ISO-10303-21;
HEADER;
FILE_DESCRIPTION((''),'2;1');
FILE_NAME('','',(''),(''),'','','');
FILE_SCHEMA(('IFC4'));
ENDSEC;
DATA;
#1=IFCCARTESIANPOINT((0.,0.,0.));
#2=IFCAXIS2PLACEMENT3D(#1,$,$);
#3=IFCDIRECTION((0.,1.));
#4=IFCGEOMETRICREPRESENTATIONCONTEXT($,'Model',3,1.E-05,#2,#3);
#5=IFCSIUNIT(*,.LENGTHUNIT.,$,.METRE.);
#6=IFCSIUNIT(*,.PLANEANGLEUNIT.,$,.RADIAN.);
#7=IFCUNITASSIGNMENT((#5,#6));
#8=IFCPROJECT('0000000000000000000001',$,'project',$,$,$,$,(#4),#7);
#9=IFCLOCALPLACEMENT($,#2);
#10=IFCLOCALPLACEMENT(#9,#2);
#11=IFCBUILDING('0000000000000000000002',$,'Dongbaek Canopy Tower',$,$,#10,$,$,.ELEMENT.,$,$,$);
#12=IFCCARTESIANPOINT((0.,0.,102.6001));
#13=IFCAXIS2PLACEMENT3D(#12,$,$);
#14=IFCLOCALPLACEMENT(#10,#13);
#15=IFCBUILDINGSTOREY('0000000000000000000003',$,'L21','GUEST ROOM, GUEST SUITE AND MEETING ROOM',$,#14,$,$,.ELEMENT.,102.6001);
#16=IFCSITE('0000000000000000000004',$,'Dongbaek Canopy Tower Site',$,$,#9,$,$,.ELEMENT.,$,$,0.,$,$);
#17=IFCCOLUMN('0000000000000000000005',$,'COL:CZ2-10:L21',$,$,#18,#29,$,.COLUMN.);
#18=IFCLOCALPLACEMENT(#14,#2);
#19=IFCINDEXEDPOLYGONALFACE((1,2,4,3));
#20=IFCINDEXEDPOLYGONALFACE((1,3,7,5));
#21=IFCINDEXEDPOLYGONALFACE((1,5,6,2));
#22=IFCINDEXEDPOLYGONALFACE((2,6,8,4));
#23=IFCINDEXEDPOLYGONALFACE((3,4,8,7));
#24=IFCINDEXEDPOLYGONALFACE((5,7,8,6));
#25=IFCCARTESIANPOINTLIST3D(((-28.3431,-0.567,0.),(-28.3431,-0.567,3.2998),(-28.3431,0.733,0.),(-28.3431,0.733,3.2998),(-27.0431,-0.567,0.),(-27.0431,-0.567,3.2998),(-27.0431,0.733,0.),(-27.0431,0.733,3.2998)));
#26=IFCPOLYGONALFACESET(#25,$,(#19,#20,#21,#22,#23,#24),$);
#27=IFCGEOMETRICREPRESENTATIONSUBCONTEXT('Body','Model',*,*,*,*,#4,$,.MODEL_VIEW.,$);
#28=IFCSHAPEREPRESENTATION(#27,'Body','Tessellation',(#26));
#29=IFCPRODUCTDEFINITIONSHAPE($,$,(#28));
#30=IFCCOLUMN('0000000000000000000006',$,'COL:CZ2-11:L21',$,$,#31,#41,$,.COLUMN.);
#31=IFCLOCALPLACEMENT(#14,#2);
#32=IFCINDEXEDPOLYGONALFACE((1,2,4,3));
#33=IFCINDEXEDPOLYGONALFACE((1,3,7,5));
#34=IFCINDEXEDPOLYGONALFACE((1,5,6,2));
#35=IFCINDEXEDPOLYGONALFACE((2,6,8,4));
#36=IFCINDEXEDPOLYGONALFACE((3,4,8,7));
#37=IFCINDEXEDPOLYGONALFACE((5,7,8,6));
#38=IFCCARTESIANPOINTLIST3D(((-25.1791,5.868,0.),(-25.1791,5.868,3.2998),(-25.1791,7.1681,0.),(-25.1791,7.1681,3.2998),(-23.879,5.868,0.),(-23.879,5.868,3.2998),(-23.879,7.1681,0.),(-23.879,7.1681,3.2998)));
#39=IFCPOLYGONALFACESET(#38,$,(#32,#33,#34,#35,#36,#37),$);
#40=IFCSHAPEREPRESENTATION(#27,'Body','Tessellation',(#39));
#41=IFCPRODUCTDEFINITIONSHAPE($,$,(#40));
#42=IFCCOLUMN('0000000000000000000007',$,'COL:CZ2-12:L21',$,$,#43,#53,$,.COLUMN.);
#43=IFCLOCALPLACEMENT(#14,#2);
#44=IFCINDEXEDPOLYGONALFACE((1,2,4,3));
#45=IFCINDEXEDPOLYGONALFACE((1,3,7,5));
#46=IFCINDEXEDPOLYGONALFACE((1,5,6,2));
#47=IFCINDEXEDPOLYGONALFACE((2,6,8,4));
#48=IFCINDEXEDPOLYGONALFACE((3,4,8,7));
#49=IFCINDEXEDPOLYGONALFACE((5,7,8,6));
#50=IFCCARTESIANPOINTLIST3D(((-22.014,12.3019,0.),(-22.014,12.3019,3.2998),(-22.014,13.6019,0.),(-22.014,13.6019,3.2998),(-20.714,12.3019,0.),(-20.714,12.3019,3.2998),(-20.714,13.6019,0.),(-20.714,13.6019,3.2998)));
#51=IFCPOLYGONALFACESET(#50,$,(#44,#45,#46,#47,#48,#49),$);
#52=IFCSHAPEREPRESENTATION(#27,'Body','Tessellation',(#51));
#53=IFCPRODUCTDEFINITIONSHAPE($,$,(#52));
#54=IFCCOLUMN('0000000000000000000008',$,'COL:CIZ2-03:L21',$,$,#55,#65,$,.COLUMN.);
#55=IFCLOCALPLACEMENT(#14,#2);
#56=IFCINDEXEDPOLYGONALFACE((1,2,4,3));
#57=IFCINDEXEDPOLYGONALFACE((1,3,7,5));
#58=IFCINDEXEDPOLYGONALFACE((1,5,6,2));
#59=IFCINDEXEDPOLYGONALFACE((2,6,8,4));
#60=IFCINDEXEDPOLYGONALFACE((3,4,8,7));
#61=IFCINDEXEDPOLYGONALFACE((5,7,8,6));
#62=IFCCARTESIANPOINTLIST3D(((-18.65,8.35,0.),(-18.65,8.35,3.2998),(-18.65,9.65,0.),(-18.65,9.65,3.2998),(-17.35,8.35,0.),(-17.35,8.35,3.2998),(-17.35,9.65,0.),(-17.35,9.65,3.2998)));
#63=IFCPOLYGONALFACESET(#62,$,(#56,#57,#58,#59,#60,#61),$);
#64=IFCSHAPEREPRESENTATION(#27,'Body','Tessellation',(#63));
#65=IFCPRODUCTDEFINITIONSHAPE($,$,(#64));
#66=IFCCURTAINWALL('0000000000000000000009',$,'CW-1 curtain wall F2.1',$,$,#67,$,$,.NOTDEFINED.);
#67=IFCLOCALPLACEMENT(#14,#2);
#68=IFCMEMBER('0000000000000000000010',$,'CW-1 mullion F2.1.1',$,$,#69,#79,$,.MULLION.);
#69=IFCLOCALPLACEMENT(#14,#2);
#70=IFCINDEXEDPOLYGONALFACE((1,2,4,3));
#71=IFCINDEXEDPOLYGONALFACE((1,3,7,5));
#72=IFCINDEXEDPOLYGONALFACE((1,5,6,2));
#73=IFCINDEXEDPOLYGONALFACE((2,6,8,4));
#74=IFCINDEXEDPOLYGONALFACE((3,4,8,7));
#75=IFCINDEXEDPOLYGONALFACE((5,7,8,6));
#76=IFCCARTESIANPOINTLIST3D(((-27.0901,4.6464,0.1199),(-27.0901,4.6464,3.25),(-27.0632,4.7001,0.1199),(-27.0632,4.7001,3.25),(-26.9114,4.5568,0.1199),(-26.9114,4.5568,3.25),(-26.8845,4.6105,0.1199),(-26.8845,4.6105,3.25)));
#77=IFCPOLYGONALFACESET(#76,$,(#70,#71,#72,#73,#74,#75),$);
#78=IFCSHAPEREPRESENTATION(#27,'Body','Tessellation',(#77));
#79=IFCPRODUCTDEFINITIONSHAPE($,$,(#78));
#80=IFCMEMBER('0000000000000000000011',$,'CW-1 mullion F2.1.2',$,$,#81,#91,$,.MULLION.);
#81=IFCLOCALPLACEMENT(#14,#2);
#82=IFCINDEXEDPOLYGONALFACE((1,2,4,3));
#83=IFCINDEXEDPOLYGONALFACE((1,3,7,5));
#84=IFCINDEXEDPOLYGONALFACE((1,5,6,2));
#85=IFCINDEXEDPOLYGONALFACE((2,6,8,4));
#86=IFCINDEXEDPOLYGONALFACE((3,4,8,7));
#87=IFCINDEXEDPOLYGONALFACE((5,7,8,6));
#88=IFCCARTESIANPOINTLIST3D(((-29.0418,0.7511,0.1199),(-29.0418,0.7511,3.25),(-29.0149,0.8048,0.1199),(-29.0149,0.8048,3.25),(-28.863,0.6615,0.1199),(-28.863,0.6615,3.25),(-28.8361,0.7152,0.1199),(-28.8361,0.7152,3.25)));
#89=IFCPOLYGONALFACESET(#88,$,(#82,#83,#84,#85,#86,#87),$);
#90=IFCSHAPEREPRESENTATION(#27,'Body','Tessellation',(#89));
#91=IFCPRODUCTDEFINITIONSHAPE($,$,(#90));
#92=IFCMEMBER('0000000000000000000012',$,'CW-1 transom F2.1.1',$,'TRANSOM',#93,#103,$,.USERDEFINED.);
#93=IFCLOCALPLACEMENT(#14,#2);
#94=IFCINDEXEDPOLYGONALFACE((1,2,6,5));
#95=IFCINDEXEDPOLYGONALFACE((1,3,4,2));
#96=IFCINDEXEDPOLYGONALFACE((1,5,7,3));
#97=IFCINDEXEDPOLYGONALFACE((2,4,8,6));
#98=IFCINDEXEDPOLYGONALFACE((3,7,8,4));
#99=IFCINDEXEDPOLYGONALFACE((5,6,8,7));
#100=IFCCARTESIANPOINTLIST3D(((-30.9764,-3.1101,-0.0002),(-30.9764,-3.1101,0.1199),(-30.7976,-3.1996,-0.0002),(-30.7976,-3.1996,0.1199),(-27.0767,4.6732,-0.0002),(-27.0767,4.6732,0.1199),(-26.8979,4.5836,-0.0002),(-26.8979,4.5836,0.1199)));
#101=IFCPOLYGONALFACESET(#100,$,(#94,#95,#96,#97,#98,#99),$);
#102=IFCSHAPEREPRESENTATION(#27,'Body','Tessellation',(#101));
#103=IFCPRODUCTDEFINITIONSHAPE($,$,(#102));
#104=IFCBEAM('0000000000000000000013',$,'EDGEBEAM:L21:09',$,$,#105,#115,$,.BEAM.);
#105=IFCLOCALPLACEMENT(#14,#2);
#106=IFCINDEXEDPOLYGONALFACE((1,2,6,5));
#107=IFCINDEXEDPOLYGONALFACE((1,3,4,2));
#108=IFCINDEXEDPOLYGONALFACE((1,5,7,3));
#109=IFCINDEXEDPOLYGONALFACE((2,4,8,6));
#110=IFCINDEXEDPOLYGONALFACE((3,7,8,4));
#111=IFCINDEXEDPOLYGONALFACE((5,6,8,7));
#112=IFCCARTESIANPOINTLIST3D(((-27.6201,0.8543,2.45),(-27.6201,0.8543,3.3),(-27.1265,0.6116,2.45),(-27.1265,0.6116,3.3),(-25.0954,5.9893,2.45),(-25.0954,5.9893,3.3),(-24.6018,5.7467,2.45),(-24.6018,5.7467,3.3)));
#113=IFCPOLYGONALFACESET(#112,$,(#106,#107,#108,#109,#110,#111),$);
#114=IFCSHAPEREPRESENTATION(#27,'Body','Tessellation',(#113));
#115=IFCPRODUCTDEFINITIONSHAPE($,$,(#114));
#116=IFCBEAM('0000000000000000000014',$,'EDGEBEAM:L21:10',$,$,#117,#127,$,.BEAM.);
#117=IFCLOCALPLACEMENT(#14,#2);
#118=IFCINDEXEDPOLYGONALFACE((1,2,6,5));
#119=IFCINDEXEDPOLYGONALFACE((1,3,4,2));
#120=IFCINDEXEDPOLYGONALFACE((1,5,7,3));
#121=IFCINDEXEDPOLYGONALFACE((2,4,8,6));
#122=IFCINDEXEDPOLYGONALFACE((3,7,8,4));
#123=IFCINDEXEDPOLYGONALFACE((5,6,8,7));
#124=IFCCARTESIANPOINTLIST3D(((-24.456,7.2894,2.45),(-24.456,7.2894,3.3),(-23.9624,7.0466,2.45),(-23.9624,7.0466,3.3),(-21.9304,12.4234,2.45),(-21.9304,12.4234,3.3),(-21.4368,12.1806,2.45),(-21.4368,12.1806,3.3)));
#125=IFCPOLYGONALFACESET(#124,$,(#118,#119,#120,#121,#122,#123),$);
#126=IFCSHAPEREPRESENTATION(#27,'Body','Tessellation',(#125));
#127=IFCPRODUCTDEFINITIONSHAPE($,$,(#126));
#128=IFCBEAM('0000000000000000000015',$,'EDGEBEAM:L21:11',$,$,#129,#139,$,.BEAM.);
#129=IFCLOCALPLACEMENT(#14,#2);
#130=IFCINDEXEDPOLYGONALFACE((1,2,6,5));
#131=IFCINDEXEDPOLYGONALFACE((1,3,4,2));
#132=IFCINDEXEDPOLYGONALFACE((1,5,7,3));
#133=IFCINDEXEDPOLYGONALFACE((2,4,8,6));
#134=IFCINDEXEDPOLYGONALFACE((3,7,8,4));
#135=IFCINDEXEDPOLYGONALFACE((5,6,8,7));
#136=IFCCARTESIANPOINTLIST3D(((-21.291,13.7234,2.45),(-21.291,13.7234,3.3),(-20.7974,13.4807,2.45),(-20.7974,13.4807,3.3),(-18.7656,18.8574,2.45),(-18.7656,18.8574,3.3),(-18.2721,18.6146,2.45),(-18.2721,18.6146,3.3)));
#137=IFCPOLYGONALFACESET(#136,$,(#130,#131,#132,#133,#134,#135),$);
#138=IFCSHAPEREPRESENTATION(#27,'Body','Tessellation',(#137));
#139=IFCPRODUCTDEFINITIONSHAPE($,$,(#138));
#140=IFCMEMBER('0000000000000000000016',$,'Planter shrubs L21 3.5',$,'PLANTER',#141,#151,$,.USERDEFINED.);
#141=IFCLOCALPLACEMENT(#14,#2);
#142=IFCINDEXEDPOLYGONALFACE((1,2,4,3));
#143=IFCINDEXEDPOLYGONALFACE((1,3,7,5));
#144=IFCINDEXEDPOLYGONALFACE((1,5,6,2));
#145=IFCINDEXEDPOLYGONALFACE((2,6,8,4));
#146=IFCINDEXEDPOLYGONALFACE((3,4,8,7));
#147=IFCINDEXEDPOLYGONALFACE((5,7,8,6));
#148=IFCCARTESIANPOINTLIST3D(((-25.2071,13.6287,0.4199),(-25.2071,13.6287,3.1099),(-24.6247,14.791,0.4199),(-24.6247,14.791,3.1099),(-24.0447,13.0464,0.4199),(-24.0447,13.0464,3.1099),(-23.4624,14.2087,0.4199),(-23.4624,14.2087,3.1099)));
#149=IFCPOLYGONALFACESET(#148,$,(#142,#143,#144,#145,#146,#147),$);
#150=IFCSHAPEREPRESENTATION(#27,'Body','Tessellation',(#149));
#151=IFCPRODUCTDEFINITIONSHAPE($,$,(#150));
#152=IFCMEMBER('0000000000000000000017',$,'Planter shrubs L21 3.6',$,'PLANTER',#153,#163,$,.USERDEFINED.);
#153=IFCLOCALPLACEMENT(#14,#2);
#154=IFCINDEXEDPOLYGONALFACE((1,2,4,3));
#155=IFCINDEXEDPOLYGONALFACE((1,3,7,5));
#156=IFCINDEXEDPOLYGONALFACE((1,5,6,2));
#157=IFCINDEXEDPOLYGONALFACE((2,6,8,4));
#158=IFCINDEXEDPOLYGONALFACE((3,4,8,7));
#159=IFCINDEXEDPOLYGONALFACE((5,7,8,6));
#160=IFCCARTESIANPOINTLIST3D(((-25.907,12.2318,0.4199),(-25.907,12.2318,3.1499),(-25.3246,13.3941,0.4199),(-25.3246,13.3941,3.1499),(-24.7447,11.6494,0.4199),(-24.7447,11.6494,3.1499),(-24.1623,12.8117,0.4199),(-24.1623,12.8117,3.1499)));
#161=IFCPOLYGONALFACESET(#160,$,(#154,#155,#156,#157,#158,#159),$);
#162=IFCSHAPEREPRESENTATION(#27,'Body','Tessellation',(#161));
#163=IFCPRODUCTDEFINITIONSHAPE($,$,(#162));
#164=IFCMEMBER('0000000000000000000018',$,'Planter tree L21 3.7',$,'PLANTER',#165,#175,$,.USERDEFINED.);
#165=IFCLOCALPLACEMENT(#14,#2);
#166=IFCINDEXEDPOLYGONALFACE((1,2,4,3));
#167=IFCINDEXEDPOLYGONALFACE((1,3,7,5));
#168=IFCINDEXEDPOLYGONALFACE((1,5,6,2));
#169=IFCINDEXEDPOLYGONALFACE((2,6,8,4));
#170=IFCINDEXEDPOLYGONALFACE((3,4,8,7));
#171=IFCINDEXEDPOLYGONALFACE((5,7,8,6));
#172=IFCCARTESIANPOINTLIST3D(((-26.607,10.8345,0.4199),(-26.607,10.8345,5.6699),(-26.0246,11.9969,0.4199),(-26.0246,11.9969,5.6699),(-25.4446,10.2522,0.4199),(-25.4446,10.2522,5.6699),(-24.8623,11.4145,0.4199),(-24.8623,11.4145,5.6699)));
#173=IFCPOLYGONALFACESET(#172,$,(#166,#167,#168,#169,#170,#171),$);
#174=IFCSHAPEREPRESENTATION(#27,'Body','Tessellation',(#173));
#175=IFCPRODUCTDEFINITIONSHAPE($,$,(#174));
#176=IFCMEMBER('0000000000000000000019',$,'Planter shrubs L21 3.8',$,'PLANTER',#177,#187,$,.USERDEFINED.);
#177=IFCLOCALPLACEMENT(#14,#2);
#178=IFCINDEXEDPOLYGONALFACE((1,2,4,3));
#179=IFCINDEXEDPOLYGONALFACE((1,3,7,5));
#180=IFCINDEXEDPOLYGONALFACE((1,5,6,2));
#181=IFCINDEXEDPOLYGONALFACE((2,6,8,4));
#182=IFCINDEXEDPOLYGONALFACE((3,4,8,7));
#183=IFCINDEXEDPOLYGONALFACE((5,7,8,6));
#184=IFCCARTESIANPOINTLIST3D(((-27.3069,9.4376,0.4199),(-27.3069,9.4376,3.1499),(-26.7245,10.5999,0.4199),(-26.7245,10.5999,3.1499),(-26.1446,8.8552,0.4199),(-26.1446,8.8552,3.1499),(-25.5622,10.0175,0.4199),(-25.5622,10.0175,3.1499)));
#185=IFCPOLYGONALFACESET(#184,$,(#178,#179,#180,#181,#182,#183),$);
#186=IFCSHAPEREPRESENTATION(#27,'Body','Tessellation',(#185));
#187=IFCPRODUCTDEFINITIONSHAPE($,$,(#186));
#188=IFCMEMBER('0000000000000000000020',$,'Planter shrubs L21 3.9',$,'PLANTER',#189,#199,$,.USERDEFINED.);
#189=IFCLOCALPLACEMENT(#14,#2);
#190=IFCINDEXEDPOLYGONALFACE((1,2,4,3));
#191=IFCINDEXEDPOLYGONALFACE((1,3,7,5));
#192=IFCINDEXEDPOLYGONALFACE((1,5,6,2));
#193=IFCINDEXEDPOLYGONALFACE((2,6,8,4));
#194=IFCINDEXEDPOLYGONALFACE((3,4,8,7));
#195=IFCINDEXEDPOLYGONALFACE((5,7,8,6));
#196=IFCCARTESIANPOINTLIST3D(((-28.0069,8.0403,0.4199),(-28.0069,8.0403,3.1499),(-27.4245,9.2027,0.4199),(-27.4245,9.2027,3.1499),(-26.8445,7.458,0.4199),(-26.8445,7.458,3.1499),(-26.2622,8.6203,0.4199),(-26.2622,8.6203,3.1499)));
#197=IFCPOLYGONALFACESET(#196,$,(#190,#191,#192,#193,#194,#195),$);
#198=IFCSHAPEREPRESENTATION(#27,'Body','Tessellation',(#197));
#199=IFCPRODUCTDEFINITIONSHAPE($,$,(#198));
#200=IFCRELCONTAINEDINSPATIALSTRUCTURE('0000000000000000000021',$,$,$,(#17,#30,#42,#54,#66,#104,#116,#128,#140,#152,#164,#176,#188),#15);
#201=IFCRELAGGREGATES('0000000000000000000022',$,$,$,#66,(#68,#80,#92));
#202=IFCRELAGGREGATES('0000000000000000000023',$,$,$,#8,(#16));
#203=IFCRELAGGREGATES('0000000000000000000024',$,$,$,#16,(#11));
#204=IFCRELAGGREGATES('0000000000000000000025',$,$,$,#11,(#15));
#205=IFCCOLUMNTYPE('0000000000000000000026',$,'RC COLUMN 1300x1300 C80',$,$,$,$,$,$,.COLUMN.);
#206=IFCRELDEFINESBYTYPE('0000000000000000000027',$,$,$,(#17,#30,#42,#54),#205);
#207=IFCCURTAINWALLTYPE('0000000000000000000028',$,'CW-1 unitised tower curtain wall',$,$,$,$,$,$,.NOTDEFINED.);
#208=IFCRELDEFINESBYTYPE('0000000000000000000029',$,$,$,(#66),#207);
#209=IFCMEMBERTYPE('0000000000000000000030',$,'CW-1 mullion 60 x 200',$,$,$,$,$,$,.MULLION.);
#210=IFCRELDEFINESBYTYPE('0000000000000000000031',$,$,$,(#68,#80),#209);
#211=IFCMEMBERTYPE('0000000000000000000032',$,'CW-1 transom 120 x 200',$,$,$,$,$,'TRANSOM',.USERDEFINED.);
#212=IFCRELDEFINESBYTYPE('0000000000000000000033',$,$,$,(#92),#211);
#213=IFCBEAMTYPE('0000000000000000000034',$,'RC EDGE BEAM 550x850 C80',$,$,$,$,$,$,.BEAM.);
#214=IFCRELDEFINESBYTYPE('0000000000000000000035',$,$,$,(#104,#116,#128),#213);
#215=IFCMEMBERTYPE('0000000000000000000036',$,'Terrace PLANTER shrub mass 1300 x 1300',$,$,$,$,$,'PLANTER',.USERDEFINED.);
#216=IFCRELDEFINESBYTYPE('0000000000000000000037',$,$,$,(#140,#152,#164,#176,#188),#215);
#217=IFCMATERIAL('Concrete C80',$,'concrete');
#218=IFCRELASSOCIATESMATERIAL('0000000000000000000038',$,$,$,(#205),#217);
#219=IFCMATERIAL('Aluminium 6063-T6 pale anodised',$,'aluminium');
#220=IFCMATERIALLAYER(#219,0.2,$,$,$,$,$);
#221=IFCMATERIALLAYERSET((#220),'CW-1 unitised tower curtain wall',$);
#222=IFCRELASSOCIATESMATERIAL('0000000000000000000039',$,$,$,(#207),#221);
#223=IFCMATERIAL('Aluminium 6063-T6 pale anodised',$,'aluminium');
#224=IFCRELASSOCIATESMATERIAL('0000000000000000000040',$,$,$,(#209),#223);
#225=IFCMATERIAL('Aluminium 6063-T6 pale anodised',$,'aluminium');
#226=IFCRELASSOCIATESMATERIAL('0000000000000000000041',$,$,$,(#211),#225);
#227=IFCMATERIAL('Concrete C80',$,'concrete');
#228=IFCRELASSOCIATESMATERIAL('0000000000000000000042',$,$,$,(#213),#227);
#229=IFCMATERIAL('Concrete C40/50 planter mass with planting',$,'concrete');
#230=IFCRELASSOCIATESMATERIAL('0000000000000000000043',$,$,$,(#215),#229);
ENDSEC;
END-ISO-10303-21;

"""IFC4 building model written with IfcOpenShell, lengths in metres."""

from ifc_helpers import new_model, si_unit, direction, frame, origin, origin_2d, place, context, subcontext, project, spatial, rectangle, extrude, material, layer, layer_set, material_profile, profile_set, type_object, element, aggregate, save


model = new_model("IFC4")

# Units and contexts
model_context = context("Model", 3, precision=1e-05, world=origin(), true_north=direction((0.0, 1.0)))
body_context = subcontext(model_context, "Body", "Model", "MODEL_VIEW")
ifc_project = project(units=[si_unit("LENGTHUNIT", "METRE"), si_unit("PLANEANGLEUNIT", "RADIAN")], contexts=[model_context])

# Site, building, storey
site_placement = place(None, origin())
site = spatial("IfcSite", under=ifc_project, at=site_placement, Name="Dongbaek Canopy Tower Site", CompositionType="ELEMENT", RefElevation=0.0)
building_placement = place(site_placement, origin())
building = spatial("IfcBuilding", under=site, at=building_placement, Name="Dongbaek Canopy Tower", CompositionType="ELEMENT")
storey_placement = place(building_placement, frame((0.0, 0.0, 102.6001)))
storey = spatial("IfcBuildingStorey", under=building, at=storey_placement, Name="L21", Description="GUEST ROOM, GUEST SUITE AND MEETING ROOM", CompositionType="ELEMENT", Elevation=102.6001)

# Columns
ifc_material_1 = material(Name="Concrete C80", Category="concrete")
ifc_material_profile_1 = material_profile(ifc_material_1, rectangle(XDim=1.3, YDim=1.3, at=origin_2d()), Name="RC COLUMN 1300x1300 C80")
ifc_profile_set_1 = profile_set([ifc_material_profile_1], Name="Concrete C80")
column_type = type_object("IfcColumnType", Name="RC COLUMN 1300x1300 C80", PredefinedType="COLUMN", material=ifc_profile_set_1)
for number, where, z_axis, x_axis, name in (
    (1, (-27.6931, 0.083, 0.0), (0.0, 0.0, 1.0), (1.0, 0.0, 0.0), "COL:CZ2-10:L21"),
    (2, (-24.5291, 6.5181, 0.0), (0.0, 0.0, 1.0), (1.0, 0.0, 0.0), "COL:CZ2-11:L21"),
    (3, (-21.364, 12.9519, 0.0), (0.0, 0.0, 1.0), (1.0, 0.0, 0.0), "COL:CZ2-12:L21"),
    (4, (-18.0, 9.0, 0.0), (0.0, 0.0, 1.0), (1.0, 0.0, 0.0), "COL:CIZ2-03:L21"),
):
    element("IfcColumn", number, at=place(storey_placement, frame(where, z_axis=z_axis, x_axis=x_axis)), inside=storey, type_object=column_type, Name=name, PredefinedType="COLUMN", context=body_context, shape_type="SweptSolid", body=[
        extrude(rectangle(XDim=1.3, YDim=1.3, at=origin_2d()), origin(), (0.0, 0.0, 1.0), 3.2998),
    ])

# Curtain wall, members
ifc_material_2 = material(Name="Aluminium 6063-T6 pale anodised", Category="aluminium")
ifc_layer_1 = layer(ifc_material_2, 0.2)
ifc_layer_set_1 = layer_set([ifc_layer_1], Name="CW-1 unitised tower curtain wall")
curtain_wall_type = type_object("IfcCurtainWallType", Name="CW-1 unitised tower curtain wall", PredefinedType="NOTDEFINED", material=ifc_layer_set_1)
curtain_wall_placement = place(storey_placement, origin())
curtain_wall = element("IfcCurtainWall", 5, at=curtain_wall_placement, inside=storey, type_object=curtain_wall_type, Name="CW-1 curtain wall F2.1", PredefinedType="NOTDEFINED")
ifc_material_3 = material(Name="Aluminium 6063-T6 pale anodised", Category="aluminium")
ifc_material_profile_2 = material_profile(ifc_material_3, rectangle(XDim=0.2, YDim=0.0601, at=origin_2d()), Name="CW-1 mullion 60 x 200")
ifc_profile_set_2 = profile_set([ifc_material_profile_2], Name="Aluminium 6063-T6 pale anodised")
member_type_1 = type_object("IfcMemberType", Name="CW-1 mullion 60 x 200", PredefinedType="MULLION", material=ifc_profile_set_2)
member_1_placement = place(storey_placement, frame((-26.9873, 4.6284, 0.1199), z_axis=(0.0, 0.0, 1.0), x_axis=(-0.894056, 0.447956, 0.0)))
member_1 = element("IfcMember", 6, at=member_1_placement, type_object=member_type_1, Name="CW-1 mullion F2.1.1", PredefinedType="MULLION", context=body_context, shape_type="SweptSolid", body=[
    extrude(rectangle(XDim=0.2, YDim=0.0601, at=origin_2d()), origin(), (0.0, 0.0, 1.0), 3.1301),
])
member_2_placement = place(storey_placement, frame((-28.939, 0.7332, 0.1199), z_axis=(0.0, 0.0, 1.0), x_axis=(-0.894056, 0.447956, 0.0)))
member_2 = element("IfcMember", 7, at=member_2_placement, type_object=member_type_1, Name="CW-1 mullion F2.1.2", PredefinedType="MULLION", context=body_context, shape_type="SweptSolid", body=[
    extrude(rectangle(XDim=0.2, YDim=0.0601, at=origin_2d()), origin(), (0.0, 0.0, 1.0), 3.1301),
])
ifc_material_4 = material(Name="Aluminium 6063-T6 pale anodised", Category="aluminium")
ifc_material_profile_3 = material_profile(ifc_material_4, rectangle(XDim=0.2, YDim=0.1201, at=origin_2d()), Name="CW-1 transom 120 x 200")
ifc_profile_set_3 = profile_set([ifc_material_profile_3], Name="Aluminium 6063-T6 pale anodised")
member_type_2 = type_object("IfcMemberType", Name="CW-1 transom 120 x 200", ElementType="TRANSOM", PredefinedType="USERDEFINED", material=ifc_profile_set_3)
member_3_placement = place(storey_placement, frame((-26.9873, 4.6284, 0.0598), z_axis=(-0.447954, -0.894057, 0.0), x_axis=(0.894057, -0.447954, 0.0)))
member_3 = element("IfcMember", 8, at=member_3_placement, type_object=member_type_2, Name="CW-1 transom F2.1.1", ObjectType="TRANSOM", PredefinedType="USERDEFINED", context=body_context, shape_type="SweptSolid", body=[
    extrude(rectangle(XDim=0.2, YDim=0.1201, at=origin_2d()), origin(), (0.0, 0.0, 1.0), 8.7056),
])

# Beams
ifc_material_5 = material(Name="Concrete C80", Category="concrete")
ifc_material_profile_4 = material_profile(ifc_material_5, rectangle(XDim=0.55, YDim=0.8501, at=origin_2d()), Name="RC EDGE BEAM 550x850 C80")
ifc_profile_set_4 = profile_set([ifc_material_profile_4], Name="Concrete C80")
beam_type = type_object("IfcBeamType", Name="RC EDGE BEAM 550x850 C80", PredefinedType="BEAM", material=ifc_profile_set_4)
beam_1_placement = place(storey_placement, frame((-27.3733, 0.7329, 2.875), z_axis=(0.441213, 0.897402, 0.0), x_axis=(-0.897402, 0.441213, 0.0)))
element("IfcBeam", 9, at=beam_1_placement, inside=storey, type_object=beam_type, Name="EDGEBEAM:L21:09", PredefinedType="BEAM", context=body_context, shape_type="SweptSolid", body=[
    extrude(rectangle(XDim=0.55, YDim=0.8501, at=origin_2d()), origin(), (0.0, 0.0, 1.0), 5.7222),
])
beam_2_placement = place(storey_placement, frame((-24.2092, 7.168, 2.875), z_axis=(0.441418, 0.897301, 0.0), x_axis=(-0.897301, 0.441418, 0.0)))
element("IfcBeam", 10, at=beam_2_placement, inside=storey, type_object=beam_type, Name="EDGEBEAM:L21:10", PredefinedType="BEAM", context=body_context, shape_type="SweptSolid", body=[
    extrude(rectangle(XDim=0.55, YDim=0.8501, at=origin_2d()), origin(), (0.0, 0.0, 1.0), 5.7217),
])
beam_3_placement = place(storey_placement, frame((-21.0442, 13.6021, 2.875), z_axis=(0.441384, 0.897318, 0.0), x_axis=(-0.897318, 0.441384, 0.0)))
element("IfcBeam", 11, at=beam_3_placement, inside=storey, type_object=beam_type, Name="EDGEBEAM:L21:11", PredefinedType="BEAM", context=body_context, shape_type="SweptSolid", body=[
    extrude(rectangle(XDim=0.55, YDim=0.8501, at=origin_2d()), origin(), (0.0, 0.0, 1.0), 5.7214),
])

# Members
ifc_material_6 = material(Name="Concrete C40/50 planter mass with planting", Category="concrete")
ifc_material_profile_5 = material_profile(ifc_material_6, rectangle(XDim=1.3, YDim=1.3, at=origin_2d()), Name="Terrace PLANTER shrub mass 1300 x 1300")
ifc_profile_set_5 = profile_set([ifc_material_profile_5], Name="Concrete C40/50 planter mass with planting")
member_type_3 = type_object("IfcMemberType", Name="Terrace PLANTER shrub mass 1300 x 1300", ElementType="PLANTER", PredefinedType="USERDEFINED", material=ifc_profile_set_5)
member_4_placement = place(storey_placement, frame((-24.3347, 13.9187, 0.4199), z_axis=(0.0, 0.0, 1.0), x_axis=(-0.894056, 0.447956, 0.0)))
element("IfcMember", 12, at=member_4_placement, inside=storey, type_object=member_type_3, Name="Planter shrubs L21 3.5", ObjectType="PLANTER", PredefinedType="USERDEFINED", context=body_context, shape_type="SweptSolid", body=[
    extrude(rectangle(XDim=1.3, YDim=1.3, at=origin_2d()), origin(), (0.0, 0.0, 1.0), 2.6899),
])
member_5_placement = place(storey_placement, frame((-25.0347, 12.5217, 0.4199), z_axis=(0.0, 0.0, 1.0), x_axis=(-0.894056, 0.447956, 0.0)))
element("IfcMember", 13, at=member_5_placement, inside=storey, type_object=member_type_3, Name="Planter shrubs L21 3.6", ObjectType="PLANTER", PredefinedType="USERDEFINED", context=body_context, shape_type="SweptSolid", body=[
    extrude(rectangle(XDim=1.3, YDim=1.3, at=origin_2d()), origin(), (0.0, 0.0, 1.0), 2.73),
])
member_6_placement = place(storey_placement, frame((-25.7346, 11.1245, 0.4199), z_axis=(0.0, 0.0, 1.0), x_axis=(-0.894056, 0.447956, 0.0)))
element("IfcMember", 14, at=member_6_placement, inside=storey, type_object=member_type_3, Name="Planter tree L21 3.7", ObjectType="PLANTER", PredefinedType="USERDEFINED", context=body_context, shape_type="SweptSolid", body=[
    extrude(rectangle(XDim=1.3, YDim=1.3, at=origin_2d()), origin(), (0.0, 0.0, 1.0), 5.25),
])
for number, where, z_axis, x_axis, name in (
    (15, (-26.4346, 9.7275, 0.4199), (0.0, 0.0, 1.0), (-0.894056, 0.447956, 0.0), "Planter shrubs L21 3.8"),
    (16, (-27.1345, 8.3303, 0.4199), (0.0, 0.0, 1.0), (-0.894056, 0.447956, 0.0), "Planter shrubs L21 3.9"),
):
    element("IfcMember", number, at=place(storey_placement, frame(where, z_axis=z_axis, x_axis=x_axis)), inside=storey, type_object=member_type_3, Name=name, ObjectType="PLANTER", PredefinedType="USERDEFINED", context=body_context, shape_type="SweptSolid", body=[
        extrude(rectangle(XDim=1.3, YDim=1.3, at=origin_2d()), origin(), (0.0, 0.0, 1.0), 2.73),
    ])

aggregate(curtain_wall, [member_1, member_2, member_3])

save(model, "model.ifc")
